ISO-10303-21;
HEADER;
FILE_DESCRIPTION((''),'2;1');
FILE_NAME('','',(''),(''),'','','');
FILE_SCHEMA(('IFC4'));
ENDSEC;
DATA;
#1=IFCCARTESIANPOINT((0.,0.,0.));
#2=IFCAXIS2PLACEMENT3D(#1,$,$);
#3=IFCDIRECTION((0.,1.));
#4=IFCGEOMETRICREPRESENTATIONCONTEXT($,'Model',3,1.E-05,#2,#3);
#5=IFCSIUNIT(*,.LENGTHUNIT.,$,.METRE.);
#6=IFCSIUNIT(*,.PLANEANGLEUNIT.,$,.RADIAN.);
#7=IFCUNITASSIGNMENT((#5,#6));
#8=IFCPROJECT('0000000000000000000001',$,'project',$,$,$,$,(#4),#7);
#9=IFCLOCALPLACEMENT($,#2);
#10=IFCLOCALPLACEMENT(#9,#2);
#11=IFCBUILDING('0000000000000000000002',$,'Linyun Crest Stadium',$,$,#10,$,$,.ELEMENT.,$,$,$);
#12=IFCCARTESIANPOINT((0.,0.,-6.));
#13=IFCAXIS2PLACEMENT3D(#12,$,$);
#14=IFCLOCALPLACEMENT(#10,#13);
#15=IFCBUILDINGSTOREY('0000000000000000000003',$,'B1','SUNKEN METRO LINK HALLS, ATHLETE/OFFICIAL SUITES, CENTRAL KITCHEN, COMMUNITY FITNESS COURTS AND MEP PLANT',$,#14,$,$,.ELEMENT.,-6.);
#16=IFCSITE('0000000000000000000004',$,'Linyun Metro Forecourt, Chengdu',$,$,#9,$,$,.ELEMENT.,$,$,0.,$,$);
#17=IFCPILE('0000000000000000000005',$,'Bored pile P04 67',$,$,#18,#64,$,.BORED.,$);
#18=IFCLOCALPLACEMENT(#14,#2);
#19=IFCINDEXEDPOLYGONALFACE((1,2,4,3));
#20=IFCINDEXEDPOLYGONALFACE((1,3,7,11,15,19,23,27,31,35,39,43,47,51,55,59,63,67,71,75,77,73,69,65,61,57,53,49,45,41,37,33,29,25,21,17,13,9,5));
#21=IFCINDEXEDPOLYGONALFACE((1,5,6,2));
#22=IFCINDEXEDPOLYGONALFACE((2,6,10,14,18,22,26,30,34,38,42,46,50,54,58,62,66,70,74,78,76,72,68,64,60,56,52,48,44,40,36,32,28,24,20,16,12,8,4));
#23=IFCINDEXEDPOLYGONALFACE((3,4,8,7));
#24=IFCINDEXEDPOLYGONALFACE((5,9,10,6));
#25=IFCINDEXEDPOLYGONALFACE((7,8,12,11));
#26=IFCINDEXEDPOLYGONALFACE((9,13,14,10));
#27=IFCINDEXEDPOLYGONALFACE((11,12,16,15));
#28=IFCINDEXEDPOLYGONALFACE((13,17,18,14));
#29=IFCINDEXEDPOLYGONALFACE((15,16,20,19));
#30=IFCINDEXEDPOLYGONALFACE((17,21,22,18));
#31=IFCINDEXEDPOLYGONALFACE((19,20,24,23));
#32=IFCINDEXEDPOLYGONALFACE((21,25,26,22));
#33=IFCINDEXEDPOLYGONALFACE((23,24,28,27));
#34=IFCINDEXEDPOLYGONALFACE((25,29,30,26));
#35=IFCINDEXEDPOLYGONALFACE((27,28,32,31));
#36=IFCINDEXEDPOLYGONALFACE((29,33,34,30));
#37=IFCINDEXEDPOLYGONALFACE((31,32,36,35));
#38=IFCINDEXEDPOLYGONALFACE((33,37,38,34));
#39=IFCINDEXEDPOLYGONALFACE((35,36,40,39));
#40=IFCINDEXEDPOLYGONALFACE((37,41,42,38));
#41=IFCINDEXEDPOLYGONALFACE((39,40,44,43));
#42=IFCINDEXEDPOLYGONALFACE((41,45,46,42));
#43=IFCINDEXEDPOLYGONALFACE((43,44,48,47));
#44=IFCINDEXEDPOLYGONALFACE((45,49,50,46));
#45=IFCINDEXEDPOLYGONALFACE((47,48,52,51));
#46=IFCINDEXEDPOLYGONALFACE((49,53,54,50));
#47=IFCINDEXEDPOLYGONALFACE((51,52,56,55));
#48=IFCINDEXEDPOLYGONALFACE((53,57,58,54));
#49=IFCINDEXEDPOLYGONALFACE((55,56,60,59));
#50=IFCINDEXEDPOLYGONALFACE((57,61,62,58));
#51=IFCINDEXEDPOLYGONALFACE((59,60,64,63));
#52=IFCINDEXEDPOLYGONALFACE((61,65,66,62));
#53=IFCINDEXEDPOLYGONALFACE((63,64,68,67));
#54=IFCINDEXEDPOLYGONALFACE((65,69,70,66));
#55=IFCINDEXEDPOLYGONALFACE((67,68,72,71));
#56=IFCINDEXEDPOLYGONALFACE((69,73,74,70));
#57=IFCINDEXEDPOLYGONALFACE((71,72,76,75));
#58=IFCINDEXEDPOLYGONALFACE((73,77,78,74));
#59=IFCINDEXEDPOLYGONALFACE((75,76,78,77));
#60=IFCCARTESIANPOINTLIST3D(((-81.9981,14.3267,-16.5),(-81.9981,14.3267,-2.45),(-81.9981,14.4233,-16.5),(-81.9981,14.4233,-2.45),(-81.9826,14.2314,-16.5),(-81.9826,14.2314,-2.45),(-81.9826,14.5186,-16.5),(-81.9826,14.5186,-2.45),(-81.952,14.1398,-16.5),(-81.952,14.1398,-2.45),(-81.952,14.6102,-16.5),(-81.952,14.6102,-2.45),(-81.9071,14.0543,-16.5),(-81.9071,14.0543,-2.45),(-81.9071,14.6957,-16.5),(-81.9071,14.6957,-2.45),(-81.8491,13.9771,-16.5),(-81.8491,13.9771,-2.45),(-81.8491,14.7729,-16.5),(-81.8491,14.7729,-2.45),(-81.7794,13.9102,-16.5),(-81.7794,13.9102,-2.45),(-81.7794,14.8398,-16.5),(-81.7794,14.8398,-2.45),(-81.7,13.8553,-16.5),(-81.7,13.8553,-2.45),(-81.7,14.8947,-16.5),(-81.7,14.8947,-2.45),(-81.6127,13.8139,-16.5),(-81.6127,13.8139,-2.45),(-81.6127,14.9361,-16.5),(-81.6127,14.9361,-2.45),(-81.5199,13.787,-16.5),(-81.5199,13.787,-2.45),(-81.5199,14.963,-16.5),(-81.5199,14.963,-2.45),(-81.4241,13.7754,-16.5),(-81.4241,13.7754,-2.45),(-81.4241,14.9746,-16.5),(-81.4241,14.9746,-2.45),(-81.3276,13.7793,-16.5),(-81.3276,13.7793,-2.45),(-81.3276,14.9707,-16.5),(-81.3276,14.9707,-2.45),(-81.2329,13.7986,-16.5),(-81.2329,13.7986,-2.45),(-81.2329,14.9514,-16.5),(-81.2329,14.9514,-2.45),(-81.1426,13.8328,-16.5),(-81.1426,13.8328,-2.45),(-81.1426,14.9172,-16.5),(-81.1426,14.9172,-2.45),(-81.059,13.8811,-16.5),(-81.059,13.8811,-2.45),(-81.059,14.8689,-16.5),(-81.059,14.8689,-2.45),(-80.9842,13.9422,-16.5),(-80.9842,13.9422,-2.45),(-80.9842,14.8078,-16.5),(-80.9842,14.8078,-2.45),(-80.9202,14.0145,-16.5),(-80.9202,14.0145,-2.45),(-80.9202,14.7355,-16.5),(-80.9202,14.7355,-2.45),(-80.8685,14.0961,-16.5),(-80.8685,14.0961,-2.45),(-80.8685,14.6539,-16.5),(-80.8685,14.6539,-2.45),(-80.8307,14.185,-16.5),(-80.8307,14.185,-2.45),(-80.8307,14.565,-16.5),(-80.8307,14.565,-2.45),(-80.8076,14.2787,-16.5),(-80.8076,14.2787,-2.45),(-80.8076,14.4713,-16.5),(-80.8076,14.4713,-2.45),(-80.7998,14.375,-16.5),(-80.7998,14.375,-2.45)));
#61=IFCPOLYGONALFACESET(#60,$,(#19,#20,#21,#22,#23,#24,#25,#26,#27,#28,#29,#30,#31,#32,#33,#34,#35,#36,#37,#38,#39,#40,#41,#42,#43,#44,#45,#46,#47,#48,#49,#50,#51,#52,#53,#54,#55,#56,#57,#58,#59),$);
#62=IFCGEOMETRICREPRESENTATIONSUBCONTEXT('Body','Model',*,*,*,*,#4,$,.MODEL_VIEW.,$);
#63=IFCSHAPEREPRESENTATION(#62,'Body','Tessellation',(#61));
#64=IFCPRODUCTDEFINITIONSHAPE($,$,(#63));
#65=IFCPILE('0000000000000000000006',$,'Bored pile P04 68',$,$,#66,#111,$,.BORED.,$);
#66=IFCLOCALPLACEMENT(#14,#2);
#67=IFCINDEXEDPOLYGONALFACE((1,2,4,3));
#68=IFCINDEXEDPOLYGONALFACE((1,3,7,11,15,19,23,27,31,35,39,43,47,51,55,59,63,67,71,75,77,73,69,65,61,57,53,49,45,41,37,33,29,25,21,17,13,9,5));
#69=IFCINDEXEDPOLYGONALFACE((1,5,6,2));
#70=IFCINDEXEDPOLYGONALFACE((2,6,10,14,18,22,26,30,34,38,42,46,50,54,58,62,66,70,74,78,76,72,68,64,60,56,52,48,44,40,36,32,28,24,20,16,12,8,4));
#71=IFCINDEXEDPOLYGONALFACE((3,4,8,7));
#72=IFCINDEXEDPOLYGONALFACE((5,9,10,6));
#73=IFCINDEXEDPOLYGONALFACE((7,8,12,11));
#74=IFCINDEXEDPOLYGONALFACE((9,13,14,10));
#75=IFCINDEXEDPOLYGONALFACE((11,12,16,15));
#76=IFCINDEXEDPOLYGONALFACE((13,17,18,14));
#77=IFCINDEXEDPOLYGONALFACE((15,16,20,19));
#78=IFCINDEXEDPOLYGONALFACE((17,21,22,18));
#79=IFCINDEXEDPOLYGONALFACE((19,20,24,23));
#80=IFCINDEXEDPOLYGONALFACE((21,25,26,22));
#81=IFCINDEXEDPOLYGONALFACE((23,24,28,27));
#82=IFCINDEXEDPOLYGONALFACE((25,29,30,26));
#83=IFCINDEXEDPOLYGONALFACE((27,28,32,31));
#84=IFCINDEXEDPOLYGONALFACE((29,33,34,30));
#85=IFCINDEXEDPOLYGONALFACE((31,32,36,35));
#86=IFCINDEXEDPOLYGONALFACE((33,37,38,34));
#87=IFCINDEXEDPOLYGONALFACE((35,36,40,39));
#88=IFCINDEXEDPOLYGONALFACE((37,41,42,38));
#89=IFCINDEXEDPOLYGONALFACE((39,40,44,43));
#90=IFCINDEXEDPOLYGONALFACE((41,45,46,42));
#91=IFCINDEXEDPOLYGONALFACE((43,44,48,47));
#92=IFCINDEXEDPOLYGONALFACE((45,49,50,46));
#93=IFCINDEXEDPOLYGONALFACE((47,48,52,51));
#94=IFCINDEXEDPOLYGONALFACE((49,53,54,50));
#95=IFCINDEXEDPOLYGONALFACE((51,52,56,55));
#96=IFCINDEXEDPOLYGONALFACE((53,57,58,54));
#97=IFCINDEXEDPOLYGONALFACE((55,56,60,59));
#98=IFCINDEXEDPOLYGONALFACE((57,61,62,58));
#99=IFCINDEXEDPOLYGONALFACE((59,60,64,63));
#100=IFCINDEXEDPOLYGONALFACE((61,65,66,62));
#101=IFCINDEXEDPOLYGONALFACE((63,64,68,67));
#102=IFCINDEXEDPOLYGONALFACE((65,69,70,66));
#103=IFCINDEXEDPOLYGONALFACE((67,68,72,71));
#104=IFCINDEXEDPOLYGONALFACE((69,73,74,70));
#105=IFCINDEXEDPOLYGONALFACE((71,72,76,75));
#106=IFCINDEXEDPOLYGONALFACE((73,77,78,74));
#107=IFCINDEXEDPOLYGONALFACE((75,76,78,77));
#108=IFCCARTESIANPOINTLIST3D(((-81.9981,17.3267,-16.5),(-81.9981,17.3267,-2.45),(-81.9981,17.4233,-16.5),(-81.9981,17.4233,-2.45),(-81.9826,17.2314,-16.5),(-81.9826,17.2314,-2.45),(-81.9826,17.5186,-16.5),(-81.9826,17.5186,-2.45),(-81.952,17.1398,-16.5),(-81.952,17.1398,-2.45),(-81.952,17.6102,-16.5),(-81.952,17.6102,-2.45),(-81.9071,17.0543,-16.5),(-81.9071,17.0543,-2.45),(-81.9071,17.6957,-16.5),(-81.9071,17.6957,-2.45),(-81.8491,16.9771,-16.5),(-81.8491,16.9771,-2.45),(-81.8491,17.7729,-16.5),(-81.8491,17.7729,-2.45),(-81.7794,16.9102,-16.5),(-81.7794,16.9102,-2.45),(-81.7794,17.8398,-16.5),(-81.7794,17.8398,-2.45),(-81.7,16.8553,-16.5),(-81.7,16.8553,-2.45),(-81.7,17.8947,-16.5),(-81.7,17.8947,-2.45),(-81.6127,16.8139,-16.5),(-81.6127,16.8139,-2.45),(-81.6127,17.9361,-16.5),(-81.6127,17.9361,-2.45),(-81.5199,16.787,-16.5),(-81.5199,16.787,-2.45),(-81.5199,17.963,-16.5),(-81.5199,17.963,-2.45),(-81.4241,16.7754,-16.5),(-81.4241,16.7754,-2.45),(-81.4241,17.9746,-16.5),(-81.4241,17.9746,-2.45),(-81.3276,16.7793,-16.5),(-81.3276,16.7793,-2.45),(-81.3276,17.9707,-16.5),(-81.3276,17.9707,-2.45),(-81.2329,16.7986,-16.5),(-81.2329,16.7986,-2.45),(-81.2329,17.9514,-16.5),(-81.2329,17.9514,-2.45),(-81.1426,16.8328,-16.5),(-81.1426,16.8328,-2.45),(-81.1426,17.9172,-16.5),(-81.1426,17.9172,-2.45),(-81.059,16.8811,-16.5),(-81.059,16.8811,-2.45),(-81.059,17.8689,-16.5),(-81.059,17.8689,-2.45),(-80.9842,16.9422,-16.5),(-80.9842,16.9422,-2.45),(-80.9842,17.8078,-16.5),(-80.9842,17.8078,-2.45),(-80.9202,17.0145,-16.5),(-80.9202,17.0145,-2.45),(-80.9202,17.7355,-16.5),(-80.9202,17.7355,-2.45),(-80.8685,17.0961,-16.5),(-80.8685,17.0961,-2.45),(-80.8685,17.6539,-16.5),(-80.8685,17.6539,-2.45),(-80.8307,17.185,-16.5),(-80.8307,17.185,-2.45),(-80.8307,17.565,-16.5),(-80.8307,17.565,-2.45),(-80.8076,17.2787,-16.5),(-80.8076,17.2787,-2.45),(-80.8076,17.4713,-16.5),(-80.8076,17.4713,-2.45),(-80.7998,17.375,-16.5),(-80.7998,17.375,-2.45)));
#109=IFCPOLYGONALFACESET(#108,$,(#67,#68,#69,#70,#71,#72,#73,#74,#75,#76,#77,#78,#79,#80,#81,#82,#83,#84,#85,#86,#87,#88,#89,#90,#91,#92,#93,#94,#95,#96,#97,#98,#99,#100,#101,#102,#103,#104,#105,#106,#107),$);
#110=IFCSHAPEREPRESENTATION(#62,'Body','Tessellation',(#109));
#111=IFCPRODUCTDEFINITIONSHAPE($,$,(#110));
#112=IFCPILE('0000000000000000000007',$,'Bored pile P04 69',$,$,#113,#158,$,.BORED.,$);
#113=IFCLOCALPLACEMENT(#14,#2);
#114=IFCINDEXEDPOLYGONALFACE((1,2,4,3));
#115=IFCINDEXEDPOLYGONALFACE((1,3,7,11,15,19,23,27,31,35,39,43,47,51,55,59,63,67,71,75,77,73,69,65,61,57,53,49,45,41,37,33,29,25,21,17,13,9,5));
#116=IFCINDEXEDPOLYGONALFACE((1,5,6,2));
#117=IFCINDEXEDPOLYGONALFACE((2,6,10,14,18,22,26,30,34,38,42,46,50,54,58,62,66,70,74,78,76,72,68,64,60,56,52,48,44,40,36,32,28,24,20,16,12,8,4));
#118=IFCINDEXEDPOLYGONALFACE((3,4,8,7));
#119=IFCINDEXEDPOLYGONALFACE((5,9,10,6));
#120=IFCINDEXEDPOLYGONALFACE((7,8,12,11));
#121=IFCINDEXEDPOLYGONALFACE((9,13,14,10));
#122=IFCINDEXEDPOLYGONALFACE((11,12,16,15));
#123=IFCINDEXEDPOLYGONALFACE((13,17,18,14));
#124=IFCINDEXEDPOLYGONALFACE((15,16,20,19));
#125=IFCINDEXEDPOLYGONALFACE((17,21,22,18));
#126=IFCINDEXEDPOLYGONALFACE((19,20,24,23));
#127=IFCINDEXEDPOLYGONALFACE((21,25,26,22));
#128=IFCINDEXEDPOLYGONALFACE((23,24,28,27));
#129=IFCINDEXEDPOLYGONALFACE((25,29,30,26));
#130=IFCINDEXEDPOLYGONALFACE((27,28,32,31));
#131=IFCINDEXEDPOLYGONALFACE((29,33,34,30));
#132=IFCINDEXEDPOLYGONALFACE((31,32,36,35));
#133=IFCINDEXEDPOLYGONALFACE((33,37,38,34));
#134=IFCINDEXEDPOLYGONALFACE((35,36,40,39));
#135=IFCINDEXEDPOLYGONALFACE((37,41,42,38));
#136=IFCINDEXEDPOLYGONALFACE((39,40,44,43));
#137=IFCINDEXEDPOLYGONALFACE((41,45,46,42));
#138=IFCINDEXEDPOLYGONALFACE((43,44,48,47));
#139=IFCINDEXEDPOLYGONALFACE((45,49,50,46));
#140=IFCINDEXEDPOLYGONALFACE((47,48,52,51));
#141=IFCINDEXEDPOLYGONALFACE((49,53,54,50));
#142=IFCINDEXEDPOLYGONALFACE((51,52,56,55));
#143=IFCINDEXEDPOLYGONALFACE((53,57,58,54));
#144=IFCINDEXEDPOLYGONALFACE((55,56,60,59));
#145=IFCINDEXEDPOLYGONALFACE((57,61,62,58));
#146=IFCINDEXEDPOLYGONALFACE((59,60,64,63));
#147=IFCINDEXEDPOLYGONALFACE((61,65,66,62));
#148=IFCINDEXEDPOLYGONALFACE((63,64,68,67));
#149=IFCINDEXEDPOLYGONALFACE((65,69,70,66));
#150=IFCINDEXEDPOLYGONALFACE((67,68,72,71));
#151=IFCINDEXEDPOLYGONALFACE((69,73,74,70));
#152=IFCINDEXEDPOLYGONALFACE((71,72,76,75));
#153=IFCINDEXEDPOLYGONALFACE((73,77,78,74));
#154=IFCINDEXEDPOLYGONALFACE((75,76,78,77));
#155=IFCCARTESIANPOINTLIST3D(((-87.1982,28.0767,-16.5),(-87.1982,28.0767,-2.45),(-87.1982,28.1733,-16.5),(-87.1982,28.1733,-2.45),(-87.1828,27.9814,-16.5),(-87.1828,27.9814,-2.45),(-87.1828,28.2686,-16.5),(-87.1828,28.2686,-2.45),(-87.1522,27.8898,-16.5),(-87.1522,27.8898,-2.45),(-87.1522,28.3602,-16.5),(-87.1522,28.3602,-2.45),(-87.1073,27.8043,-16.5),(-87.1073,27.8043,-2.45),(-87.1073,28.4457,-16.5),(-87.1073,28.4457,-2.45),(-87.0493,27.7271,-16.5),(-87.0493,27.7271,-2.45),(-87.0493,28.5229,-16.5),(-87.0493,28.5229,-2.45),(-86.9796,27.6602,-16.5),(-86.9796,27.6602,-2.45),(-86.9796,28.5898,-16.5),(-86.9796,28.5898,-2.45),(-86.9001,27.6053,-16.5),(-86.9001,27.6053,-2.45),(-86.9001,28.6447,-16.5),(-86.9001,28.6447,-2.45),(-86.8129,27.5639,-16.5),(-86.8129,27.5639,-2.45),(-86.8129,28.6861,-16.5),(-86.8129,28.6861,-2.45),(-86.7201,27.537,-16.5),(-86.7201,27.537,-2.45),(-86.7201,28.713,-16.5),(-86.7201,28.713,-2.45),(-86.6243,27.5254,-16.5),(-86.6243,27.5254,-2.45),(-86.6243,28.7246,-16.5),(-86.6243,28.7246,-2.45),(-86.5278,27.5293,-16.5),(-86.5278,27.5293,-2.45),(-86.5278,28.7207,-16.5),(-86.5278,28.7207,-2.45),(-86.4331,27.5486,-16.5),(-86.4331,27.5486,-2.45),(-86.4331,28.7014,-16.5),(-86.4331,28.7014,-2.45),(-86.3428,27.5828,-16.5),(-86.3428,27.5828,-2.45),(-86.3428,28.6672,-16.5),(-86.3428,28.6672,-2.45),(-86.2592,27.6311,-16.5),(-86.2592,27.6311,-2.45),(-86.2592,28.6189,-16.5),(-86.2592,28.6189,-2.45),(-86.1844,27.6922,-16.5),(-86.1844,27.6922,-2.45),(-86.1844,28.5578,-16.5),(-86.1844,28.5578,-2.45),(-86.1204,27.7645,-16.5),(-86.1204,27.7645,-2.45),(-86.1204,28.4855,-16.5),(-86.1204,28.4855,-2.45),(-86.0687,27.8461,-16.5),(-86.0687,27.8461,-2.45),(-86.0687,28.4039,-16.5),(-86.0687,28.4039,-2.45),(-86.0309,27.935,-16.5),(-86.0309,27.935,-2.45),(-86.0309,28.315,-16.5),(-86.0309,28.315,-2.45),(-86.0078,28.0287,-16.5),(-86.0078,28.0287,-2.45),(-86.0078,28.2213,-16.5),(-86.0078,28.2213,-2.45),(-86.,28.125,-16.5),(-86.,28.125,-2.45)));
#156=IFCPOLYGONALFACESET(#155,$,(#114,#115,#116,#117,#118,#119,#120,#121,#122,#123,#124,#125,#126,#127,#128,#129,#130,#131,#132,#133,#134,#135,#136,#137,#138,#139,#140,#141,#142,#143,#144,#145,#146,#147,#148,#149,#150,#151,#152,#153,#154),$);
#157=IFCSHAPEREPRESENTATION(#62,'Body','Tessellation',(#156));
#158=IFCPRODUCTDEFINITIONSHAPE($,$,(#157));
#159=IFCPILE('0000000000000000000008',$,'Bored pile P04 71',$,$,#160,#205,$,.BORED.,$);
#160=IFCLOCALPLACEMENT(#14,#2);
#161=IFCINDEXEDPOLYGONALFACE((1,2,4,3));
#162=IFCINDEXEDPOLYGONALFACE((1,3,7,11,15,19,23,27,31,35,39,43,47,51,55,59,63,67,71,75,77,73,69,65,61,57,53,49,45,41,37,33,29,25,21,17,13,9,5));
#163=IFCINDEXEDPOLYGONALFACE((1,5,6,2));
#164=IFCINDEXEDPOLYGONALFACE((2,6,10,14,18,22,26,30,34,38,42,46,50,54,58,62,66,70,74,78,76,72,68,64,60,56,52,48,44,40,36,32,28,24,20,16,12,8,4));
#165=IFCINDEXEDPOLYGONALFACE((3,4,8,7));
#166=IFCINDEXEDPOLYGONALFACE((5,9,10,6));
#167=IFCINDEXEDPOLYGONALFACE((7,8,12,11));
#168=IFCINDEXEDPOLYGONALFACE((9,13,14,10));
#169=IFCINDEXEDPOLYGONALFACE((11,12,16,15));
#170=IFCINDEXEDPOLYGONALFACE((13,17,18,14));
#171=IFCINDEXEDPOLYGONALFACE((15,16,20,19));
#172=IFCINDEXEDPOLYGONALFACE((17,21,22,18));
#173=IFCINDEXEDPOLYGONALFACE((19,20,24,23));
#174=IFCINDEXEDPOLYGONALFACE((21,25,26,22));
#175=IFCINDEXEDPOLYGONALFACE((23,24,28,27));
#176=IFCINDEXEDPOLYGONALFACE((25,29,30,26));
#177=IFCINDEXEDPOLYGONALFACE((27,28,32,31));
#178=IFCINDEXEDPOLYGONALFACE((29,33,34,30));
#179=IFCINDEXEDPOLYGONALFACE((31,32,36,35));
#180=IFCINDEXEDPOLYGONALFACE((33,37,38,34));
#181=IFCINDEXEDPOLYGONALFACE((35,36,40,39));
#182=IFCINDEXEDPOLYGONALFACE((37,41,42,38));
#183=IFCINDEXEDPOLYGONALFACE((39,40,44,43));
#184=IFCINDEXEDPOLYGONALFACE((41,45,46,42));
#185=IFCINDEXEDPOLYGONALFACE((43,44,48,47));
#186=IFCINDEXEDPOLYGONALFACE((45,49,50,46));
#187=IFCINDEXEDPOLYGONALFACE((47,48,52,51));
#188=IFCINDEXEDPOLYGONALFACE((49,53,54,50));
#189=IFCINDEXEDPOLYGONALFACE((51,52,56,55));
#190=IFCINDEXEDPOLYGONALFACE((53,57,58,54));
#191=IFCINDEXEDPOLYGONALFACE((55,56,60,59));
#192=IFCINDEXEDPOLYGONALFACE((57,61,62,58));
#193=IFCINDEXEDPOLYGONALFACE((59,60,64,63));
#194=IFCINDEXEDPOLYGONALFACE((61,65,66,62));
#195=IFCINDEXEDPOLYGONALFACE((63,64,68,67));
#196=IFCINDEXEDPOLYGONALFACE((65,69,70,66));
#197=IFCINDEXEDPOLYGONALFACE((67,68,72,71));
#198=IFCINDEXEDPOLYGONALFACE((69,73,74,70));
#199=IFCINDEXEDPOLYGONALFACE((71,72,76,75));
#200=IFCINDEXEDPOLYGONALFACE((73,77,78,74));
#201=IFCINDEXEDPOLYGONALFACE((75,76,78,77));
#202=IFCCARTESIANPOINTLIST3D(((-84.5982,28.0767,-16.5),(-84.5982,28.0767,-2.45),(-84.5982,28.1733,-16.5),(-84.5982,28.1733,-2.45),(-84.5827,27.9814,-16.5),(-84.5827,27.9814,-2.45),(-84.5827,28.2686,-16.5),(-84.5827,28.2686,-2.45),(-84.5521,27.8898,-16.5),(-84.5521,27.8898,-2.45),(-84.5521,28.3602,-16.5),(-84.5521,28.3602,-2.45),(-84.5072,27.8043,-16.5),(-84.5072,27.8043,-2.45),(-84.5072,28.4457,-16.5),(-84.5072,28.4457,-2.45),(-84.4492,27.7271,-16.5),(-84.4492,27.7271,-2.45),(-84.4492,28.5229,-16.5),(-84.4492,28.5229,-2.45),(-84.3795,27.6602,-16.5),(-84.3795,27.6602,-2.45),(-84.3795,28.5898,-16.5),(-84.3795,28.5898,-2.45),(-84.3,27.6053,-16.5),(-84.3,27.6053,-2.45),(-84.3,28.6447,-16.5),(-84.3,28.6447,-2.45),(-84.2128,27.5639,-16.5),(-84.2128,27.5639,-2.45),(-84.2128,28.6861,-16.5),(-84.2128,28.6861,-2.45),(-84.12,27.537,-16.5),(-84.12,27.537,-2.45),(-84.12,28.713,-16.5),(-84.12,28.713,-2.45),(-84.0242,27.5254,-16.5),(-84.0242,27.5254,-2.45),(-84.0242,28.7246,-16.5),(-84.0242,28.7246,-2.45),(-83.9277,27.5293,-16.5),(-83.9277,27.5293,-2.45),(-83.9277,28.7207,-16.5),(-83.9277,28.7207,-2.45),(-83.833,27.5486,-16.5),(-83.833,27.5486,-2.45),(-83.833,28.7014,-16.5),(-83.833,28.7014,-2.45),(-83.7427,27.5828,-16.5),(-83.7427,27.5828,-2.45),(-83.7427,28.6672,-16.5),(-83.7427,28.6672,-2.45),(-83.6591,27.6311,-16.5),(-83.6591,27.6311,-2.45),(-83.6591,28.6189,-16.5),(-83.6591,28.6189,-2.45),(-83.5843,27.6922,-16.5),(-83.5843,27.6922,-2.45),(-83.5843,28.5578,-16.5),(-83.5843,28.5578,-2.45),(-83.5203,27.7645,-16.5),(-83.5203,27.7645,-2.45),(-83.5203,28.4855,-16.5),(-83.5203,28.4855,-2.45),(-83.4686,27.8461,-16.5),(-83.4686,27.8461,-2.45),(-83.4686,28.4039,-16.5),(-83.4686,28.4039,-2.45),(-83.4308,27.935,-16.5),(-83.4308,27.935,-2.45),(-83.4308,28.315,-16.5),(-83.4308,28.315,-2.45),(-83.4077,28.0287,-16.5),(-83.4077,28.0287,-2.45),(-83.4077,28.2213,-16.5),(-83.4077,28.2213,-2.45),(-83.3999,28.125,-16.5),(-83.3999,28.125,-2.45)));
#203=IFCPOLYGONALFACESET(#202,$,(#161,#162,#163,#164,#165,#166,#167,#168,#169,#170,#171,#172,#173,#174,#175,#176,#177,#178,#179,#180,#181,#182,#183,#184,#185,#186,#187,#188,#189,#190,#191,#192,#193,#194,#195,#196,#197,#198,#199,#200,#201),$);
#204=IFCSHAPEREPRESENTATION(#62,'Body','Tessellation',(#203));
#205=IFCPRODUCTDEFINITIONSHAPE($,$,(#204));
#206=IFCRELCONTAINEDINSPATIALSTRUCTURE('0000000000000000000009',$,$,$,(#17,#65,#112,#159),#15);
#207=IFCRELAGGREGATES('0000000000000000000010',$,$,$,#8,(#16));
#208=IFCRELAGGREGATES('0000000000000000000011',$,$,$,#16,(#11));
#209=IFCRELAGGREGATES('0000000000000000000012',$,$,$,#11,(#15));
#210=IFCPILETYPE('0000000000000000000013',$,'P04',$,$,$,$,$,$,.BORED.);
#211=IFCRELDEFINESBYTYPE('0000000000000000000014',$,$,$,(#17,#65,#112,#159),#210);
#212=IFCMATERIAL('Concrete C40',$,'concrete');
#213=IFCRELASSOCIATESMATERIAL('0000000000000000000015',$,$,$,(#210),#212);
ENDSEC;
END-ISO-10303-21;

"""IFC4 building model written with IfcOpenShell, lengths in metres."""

from ifc_helpers import new_model, si_unit, direction, frame, origin, origin_2d, place, context, subcontext, project, spatial, circle, extrude, material, material_profile, profile_set, type_object, element, save


model = new_model("IFC4")

# Units and contexts
model_context = context("Model", 3, precision=1e-05, world=origin(), true_north=direction((0.0, 1.0)))
body_context = subcontext(model_context, "Body", "Model", "MODEL_VIEW")
ifc_project = project(units=[si_unit("LENGTHUNIT", "METRE"), si_unit("PLANEANGLEUNIT", "RADIAN")], contexts=[model_context])

# Site, building, storey
site_placement = place(None, origin())
site = spatial("IfcSite", under=ifc_project, at=site_placement, Name="Linyun Metro Forecourt, Chengdu", CompositionType="ELEMENT", RefElevation=0.0)
building_placement = place(site_placement, origin())
building = spatial("IfcBuilding", under=site, at=building_placement, Name="Linyun Crest Stadium", CompositionType="ELEMENT")
storey_placement = place(building_placement, frame((0.0, 0.0, -6.0)))
storey = spatial("IfcBuildingStorey", under=building, at=storey_placement, Name="B1", Description="SUNKEN METRO LINK HALLS, ATHLETE/OFFICIAL SUITES, CENTRAL KITCHEN, COMMUNITY FITNESS COURTS AND MEP PLANT", CompositionType="ELEMENT", Elevation=-6.0)

# Piles
ifc_material_1 = material(Name="Concrete C40", Category="concrete")
ifc_material_profile_1 = material_profile(ifc_material_1, circle(Radius=0.6001, at=origin_2d()), Name="BORED PILE 1200")
ifc_profile_set_1 = profile_set([ifc_material_profile_1], Name="Concrete C40")
pile_type = type_object("IfcPileType", Name="P04", PredefinedType="BORED", material=ifc_profile_set_1)
for number, where, z_axis, x_axis, name in (
    (1, (-81.3999, 14.375, -2.45), (0.0, 0.0, -1.0), (1.0, 0.0, 0.0), "Bored pile P04 67"),
    (2, (-81.3999, 17.375, -2.45), (0.0, 0.0, -1.0), (1.0, 0.0, 0.0), "Bored pile P04 68"),
    (3, (-86.6001, 28.125, -2.45), (0.0, 0.0, -1.0), (1.0, 0.0, 0.0), "Bored pile P04 69"),
    (4, (-84.0, 28.125, -2.45), (0.0, 0.0, -1.0), (1.0, 0.0, 0.0), "Bored pile P04 71"),
):
    element("IfcPile", number, at=place(storey_placement, frame(where, z_axis=z_axis, x_axis=x_axis)), inside=storey, type_object=pile_type, Name=name, PredefinedType="BORED", context=body_context, shape_type="SweptSolid", body=[
        extrude(circle(Radius=0.6001, at=origin_2d()), origin(), (0.0, 0.0, 1.0), 14.05),
    ])

save(model, "model.ifc")
